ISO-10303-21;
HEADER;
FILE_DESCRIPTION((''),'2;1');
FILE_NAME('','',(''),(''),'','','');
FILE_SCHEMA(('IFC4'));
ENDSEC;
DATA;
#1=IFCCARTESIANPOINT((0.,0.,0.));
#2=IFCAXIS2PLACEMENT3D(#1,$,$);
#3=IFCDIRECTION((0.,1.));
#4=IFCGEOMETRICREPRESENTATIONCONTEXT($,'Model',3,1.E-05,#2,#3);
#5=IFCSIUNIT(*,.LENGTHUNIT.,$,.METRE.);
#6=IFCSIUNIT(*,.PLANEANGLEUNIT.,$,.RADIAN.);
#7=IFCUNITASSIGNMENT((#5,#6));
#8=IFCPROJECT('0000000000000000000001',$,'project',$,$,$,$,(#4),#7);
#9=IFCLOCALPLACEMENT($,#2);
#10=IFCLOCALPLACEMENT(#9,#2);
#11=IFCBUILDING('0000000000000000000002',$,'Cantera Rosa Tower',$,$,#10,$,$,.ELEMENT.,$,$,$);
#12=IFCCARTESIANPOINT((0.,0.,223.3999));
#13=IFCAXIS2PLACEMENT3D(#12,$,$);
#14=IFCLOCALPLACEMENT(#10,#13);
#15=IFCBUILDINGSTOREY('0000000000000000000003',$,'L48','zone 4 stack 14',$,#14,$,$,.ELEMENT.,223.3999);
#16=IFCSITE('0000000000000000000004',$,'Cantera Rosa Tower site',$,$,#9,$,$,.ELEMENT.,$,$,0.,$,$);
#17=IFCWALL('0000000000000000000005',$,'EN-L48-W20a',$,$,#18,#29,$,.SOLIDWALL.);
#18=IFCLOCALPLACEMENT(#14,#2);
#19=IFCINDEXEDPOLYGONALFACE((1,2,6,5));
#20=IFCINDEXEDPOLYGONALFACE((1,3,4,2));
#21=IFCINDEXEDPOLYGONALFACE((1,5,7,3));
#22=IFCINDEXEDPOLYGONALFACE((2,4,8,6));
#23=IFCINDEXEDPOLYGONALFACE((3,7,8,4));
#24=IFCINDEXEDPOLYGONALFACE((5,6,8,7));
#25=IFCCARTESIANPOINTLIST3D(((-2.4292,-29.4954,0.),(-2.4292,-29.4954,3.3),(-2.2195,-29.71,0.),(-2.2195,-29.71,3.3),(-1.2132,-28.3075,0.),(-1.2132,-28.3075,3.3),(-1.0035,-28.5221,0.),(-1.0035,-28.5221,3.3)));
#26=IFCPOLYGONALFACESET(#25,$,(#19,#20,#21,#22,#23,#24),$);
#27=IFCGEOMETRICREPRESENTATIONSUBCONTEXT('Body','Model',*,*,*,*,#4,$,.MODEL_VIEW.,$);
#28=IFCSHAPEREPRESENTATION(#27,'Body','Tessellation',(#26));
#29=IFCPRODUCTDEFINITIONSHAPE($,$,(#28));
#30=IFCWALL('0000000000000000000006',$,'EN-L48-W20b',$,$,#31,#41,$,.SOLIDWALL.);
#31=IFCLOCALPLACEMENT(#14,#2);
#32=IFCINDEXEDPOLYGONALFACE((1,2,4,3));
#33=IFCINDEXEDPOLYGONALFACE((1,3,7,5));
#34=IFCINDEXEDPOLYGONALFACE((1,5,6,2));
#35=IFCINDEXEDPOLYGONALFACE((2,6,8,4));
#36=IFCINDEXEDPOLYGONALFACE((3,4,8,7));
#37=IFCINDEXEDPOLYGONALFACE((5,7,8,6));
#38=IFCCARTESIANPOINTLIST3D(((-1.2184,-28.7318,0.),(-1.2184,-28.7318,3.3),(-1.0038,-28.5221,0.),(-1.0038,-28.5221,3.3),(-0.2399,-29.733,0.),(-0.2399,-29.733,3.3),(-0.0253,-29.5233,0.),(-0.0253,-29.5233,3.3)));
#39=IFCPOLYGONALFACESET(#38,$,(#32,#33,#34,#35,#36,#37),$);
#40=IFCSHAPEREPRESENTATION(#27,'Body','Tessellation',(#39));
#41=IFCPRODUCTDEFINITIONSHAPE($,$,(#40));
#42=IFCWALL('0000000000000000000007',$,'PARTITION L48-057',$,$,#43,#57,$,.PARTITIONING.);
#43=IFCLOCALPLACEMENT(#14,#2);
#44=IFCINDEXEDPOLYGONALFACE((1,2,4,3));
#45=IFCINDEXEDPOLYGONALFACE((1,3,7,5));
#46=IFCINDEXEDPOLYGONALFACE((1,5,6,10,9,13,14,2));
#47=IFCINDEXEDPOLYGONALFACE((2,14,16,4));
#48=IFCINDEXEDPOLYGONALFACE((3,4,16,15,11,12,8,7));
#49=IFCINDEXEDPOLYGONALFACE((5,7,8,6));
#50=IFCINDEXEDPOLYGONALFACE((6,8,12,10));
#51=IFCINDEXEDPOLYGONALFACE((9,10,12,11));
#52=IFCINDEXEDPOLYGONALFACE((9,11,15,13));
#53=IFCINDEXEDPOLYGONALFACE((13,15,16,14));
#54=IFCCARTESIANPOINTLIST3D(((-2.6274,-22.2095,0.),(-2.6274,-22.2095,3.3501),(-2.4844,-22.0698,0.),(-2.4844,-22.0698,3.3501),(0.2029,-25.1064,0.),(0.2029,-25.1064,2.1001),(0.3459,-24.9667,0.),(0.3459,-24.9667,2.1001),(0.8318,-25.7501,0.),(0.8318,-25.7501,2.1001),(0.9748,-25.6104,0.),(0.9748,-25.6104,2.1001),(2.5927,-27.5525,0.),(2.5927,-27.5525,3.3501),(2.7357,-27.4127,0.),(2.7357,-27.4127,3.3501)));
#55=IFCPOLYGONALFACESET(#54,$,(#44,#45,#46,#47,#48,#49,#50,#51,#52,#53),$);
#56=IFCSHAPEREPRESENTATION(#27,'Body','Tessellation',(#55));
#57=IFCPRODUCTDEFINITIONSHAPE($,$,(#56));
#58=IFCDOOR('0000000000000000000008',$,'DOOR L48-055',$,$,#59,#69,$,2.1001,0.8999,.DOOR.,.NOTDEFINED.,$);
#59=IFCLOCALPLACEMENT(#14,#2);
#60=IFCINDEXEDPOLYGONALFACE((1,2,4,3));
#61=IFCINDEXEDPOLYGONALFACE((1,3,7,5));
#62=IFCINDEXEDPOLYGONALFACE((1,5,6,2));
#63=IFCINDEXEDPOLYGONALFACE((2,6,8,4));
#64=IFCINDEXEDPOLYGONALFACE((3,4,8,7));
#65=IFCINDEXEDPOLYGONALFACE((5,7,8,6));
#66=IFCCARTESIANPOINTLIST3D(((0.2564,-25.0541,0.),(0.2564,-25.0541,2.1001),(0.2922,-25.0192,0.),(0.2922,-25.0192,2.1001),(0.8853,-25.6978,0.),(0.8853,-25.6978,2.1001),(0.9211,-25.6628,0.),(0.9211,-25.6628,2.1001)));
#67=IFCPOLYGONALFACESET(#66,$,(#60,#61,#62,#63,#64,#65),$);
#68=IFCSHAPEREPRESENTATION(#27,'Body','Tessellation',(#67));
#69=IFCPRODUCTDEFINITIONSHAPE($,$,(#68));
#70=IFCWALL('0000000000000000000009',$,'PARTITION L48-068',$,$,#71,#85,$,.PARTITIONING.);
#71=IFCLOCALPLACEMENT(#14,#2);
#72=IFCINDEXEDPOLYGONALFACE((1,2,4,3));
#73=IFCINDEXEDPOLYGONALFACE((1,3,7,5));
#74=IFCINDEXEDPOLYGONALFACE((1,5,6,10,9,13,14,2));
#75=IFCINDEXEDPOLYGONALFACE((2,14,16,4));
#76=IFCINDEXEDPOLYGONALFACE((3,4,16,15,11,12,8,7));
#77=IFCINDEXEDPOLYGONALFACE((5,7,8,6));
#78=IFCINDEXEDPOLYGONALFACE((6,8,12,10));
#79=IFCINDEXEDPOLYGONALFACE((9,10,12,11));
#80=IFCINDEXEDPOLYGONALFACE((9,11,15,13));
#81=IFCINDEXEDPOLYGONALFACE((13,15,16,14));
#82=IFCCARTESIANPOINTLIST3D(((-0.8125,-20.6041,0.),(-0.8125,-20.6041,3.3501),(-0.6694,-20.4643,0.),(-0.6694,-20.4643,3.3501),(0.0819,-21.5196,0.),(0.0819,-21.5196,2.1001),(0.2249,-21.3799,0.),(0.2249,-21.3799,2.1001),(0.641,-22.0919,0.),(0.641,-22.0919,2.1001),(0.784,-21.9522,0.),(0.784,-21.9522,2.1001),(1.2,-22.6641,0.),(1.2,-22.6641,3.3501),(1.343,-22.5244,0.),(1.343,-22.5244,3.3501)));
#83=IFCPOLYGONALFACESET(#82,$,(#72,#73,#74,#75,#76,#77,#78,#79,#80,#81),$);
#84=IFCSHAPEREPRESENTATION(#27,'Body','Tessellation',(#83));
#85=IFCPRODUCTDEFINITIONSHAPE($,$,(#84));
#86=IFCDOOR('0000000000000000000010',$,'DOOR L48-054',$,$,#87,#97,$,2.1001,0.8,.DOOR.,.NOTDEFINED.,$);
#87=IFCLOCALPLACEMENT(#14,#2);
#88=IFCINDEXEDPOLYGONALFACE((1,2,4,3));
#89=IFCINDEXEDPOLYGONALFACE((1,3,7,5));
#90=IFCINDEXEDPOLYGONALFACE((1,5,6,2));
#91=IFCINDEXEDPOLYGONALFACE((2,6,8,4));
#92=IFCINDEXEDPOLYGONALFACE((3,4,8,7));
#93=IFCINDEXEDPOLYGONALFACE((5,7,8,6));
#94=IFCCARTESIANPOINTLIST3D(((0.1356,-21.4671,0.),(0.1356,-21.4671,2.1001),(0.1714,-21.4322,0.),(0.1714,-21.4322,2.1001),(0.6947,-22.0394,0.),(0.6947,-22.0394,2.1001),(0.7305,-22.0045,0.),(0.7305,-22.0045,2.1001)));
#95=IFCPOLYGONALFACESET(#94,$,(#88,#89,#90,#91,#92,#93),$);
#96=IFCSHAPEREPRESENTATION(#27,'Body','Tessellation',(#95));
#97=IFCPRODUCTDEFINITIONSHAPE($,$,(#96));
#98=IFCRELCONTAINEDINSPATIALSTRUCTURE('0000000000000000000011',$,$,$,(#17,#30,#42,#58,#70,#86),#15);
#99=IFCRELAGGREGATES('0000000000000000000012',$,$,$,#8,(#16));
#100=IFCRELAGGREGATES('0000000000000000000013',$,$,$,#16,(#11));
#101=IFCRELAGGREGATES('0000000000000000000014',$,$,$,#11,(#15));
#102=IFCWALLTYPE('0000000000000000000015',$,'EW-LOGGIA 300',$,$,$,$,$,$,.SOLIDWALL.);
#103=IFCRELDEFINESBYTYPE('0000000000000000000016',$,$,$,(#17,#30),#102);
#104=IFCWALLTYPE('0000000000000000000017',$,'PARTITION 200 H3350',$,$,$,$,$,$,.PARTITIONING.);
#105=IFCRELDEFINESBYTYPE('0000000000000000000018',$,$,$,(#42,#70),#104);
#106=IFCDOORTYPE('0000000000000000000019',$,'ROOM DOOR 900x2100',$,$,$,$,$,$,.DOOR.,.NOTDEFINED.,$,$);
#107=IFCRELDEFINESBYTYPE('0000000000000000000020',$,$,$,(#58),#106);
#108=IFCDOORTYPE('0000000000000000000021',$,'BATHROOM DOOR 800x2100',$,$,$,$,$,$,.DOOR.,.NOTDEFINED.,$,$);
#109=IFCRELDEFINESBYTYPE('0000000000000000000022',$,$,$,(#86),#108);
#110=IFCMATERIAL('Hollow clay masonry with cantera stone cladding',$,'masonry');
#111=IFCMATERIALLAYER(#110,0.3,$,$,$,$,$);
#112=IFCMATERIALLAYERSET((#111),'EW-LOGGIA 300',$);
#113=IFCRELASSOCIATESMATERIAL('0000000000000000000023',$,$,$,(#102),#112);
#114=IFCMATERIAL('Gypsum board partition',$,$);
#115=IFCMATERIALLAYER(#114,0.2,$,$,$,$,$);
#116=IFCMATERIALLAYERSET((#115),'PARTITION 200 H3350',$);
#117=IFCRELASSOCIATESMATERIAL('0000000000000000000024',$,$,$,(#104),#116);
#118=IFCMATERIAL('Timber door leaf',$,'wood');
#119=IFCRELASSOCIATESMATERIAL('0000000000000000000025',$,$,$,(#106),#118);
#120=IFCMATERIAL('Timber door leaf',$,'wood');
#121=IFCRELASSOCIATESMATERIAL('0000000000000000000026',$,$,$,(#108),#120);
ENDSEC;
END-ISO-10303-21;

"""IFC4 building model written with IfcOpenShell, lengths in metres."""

from ifc_helpers import new_model, si_unit, direction, frame, frame_2d, origin, place, context, subcontext, project, spatial, rectangle, extrude, material, layer, layer_set, type_object, element, fill, save


model = new_model("IFC4")

# Units and contexts
model_context = context("Model", 3, precision=1e-05, world=origin(), true_north=direction((0.0, 1.0)))
body_context = subcontext(model_context, "Body", "Model", "MODEL_VIEW")
ifc_project = project(units=[si_unit("LENGTHUNIT", "METRE"), si_unit("PLANEANGLEUNIT", "RADIAN")], contexts=[model_context])

# Site, building, storey
site_placement = place(None, origin())
site = spatial("IfcSite", under=ifc_project, at=site_placement, Name="Cantera Rosa Tower site", CompositionType="ELEMENT", RefElevation=0.0)
building_placement = place(site_placement, origin())
building = spatial("IfcBuilding", under=site, at=building_placement, Name="Cantera Rosa Tower", CompositionType="ELEMENT")
storey_placement = place(building_placement, frame((0.0, 0.0, 223.3999)))
storey = spatial("IfcBuildingStorey", under=building, at=storey_placement, Name="L48", Description="zone 4 stack 14", CompositionType="ELEMENT", Elevation=223.3999)

# Walls
ifc_material_1 = material(Name="Hollow clay masonry with cantera stone cladding", Category="masonry")
ifc_layer_1 = layer(ifc_material_1, 0.3)
ifc_layer_set_1 = layer_set([ifc_layer_1], Name="EW-LOGGIA 300")
wall_type_1 = type_object("IfcWallType", Name="EW-LOGGIA 300", PredefinedType="SOLIDWALL", material=ifc_layer_set_1)
wall_1_placement = place(storey_placement, frame((-2.3245, -29.6028, 0.0), z_axis=(0.0, 0.0, 1.0), x_axis=(0.715316, 0.698801, 0.0)))
element("IfcWall", 1, at=wall_1_placement, inside=storey, type_object=wall_type_1, Name="EN-L48-W20a", PredefinedType="SOLIDWALL", context=body_context, shape_type="SweptSolid", body=[
    extrude(rectangle(XDim=1.7, YDim=0.3, at=frame_2d((0.8501, 0.0))), origin(), (0.0, 0.0, 1.0), 3.3),
])
wall_2_placement = place(storey_placement, frame((-1.1111, -28.627, 0.0), z_axis=(0.0, 0.0, 1.0), x_axis=(0.698951, -0.715169, 0.0)))
element("IfcWall", 2, at=wall_2_placement, inside=storey, type_object=wall_type_1, Name="EN-L48-W20b", PredefinedType="SOLIDWALL", context=body_context, shape_type="SweptSolid", body=[
    extrude(rectangle(XDim=1.3999, YDim=0.3, at=frame_2d((0.7, 0.0))), origin(), (0.0, 0.0, 1.0), 3.3),
])

# Walls, openings, doors
ifc_material_2 = material(Name="Gypsum board partition")
ifc_layer_2 = layer(ifc_material_2, 0.2)
ifc_layer_set_2 = layer_set([ifc_layer_2], Name="PARTITION 200 H3350")
wall_type_2 = type_object("IfcWallType", Name="PARTITION 200 H3350", PredefinedType="PARTITIONING", material=ifc_layer_set_2)
wall_3_placement = place(storey_placement, frame((-2.5559, -22.1396, 0.0), z_axis=(0.0, 0.0, 1.0), x_axis=(0.698839, -0.715279, 0.0)))
wall_3 = element("IfcWall", 3, at=wall_3_placement, inside=storey, type_object=wall_type_2, Name="PARTITION L48-057", PredefinedType="PARTITIONING", context=body_context, shape_type="SweptSolid", body=[
    extrude(rectangle(XDim=7.4697, YDim=0.2, at=frame_2d((3.7349, 0.0))), origin(), (0.0, 0.0, 1.0), 3.3501),
])
opening_1_placement = place(wall_3_placement, frame((4.05, 0.0, 0.0)))
opening_1 = element("IfcOpeningElement", 4, at=opening_1_placement, cuts=wall_3, PredefinedType="OPENING", context=body_context, shape_type="SweptSolid", body=[
    extrude(rectangle(XDim=0.8999, YDim=2.1001, at=frame_2d((0.45, 1.05))), frame((0.0, 0.1099, 0.0), z_axis=(0.0, -1.0, 0.0), x_axis=(1.0, 0.0, 0.0)), (0.0, 0.0, 1.0), 0.22),
])
ifc_material_3 = material(Name="Timber door leaf", Category="wood")
door_type_1 = type_object("IfcDoorType", Name="ROOM DOOR 900x2100", OperationType="NOTDEFINED", PredefinedType="DOOR", material=ifc_material_3)
door_1_placement = place(opening_1_placement, origin())
door_1 = element("IfcDoor", 5, at=door_1_placement, inside=storey, type_object=door_type_1, Name="DOOR L48-055", OperationType="NOTDEFINED", OverallHeight=2.1001, OverallWidth=0.8999, PredefinedType="DOOR", context=body_context, shape_type="SweptSolid", body=[
    extrude(rectangle(XDim=0.8999, YDim=2.1001, at=frame_2d((0.45, 1.05))), frame((0.0, 0.0249, 0.0), z_axis=(0.0, -1.0, 0.0), x_axis=(1.0, 0.0, 0.0)), (0.0, 0.0, 1.0), 0.05),
])
fill(opening_1, door_1)
wall_4_placement = place(storey_placement, frame((1.2715, -22.5942, 0.0), z_axis=(0.0, 0.0, 1.0), x_axis=(-0.698793, 0.715324, 0.0)))
wall_4 = element("IfcWall", 6, at=wall_4_placement, inside=storey, type_object=wall_type_2, Name="PARTITION L48-068", PredefinedType="PARTITIONING", context=body_context, shape_type="SweptSolid", body=[
    extrude(rectangle(XDim=2.8799, YDim=0.2, at=frame_2d((1.4399, 0.0))), origin(), (0.0, 0.0, 1.0), 3.3501),
])
opening_2_placement = place(wall_4_placement, frame((0.8, 0.0, 0.0)))
opening_2 = element("IfcOpeningElement", 7, at=opening_2_placement, cuts=wall_4, PredefinedType="OPENING", context=body_context, shape_type="SweptSolid", body=[
    extrude(rectangle(XDim=0.8, YDim=2.1001, at=frame_2d((0.3999, 1.05))), frame((0.0, 0.1099, 0.0), z_axis=(0.0, -1.0, 0.0), x_axis=(1.0, 0.0, 0.0)), (0.0, 0.0, 1.0), 0.22),
])
ifc_material_4 = material(Name="Timber door leaf", Category="wood")
door_type_2 = type_object("IfcDoorType", Name="BATHROOM DOOR 800x2100", OperationType="NOTDEFINED", PredefinedType="DOOR", material=ifc_material_4)
door_2_placement = place(opening_2_placement, origin())
door_2 = element("IfcDoor", 8, at=door_2_placement, inside=storey, type_object=door_type_2, Name="DOOR L48-054", OperationType="NOTDEFINED", OverallHeight=2.1001, OverallWidth=0.8, PredefinedType="DOOR", context=body_context, shape_type="SweptSolid", body=[
    extrude(rectangle(XDim=0.8, YDim=2.1001, at=frame_2d((0.3999, 1.05))), frame((0.0, 0.0249, 0.0), z_axis=(0.0, -1.0, 0.0), x_axis=(1.0, 0.0, 0.0)), (0.0, 0.0, 1.0), 0.05),
])
fill(opening_2, door_2)

save(model, "model.ifc")
